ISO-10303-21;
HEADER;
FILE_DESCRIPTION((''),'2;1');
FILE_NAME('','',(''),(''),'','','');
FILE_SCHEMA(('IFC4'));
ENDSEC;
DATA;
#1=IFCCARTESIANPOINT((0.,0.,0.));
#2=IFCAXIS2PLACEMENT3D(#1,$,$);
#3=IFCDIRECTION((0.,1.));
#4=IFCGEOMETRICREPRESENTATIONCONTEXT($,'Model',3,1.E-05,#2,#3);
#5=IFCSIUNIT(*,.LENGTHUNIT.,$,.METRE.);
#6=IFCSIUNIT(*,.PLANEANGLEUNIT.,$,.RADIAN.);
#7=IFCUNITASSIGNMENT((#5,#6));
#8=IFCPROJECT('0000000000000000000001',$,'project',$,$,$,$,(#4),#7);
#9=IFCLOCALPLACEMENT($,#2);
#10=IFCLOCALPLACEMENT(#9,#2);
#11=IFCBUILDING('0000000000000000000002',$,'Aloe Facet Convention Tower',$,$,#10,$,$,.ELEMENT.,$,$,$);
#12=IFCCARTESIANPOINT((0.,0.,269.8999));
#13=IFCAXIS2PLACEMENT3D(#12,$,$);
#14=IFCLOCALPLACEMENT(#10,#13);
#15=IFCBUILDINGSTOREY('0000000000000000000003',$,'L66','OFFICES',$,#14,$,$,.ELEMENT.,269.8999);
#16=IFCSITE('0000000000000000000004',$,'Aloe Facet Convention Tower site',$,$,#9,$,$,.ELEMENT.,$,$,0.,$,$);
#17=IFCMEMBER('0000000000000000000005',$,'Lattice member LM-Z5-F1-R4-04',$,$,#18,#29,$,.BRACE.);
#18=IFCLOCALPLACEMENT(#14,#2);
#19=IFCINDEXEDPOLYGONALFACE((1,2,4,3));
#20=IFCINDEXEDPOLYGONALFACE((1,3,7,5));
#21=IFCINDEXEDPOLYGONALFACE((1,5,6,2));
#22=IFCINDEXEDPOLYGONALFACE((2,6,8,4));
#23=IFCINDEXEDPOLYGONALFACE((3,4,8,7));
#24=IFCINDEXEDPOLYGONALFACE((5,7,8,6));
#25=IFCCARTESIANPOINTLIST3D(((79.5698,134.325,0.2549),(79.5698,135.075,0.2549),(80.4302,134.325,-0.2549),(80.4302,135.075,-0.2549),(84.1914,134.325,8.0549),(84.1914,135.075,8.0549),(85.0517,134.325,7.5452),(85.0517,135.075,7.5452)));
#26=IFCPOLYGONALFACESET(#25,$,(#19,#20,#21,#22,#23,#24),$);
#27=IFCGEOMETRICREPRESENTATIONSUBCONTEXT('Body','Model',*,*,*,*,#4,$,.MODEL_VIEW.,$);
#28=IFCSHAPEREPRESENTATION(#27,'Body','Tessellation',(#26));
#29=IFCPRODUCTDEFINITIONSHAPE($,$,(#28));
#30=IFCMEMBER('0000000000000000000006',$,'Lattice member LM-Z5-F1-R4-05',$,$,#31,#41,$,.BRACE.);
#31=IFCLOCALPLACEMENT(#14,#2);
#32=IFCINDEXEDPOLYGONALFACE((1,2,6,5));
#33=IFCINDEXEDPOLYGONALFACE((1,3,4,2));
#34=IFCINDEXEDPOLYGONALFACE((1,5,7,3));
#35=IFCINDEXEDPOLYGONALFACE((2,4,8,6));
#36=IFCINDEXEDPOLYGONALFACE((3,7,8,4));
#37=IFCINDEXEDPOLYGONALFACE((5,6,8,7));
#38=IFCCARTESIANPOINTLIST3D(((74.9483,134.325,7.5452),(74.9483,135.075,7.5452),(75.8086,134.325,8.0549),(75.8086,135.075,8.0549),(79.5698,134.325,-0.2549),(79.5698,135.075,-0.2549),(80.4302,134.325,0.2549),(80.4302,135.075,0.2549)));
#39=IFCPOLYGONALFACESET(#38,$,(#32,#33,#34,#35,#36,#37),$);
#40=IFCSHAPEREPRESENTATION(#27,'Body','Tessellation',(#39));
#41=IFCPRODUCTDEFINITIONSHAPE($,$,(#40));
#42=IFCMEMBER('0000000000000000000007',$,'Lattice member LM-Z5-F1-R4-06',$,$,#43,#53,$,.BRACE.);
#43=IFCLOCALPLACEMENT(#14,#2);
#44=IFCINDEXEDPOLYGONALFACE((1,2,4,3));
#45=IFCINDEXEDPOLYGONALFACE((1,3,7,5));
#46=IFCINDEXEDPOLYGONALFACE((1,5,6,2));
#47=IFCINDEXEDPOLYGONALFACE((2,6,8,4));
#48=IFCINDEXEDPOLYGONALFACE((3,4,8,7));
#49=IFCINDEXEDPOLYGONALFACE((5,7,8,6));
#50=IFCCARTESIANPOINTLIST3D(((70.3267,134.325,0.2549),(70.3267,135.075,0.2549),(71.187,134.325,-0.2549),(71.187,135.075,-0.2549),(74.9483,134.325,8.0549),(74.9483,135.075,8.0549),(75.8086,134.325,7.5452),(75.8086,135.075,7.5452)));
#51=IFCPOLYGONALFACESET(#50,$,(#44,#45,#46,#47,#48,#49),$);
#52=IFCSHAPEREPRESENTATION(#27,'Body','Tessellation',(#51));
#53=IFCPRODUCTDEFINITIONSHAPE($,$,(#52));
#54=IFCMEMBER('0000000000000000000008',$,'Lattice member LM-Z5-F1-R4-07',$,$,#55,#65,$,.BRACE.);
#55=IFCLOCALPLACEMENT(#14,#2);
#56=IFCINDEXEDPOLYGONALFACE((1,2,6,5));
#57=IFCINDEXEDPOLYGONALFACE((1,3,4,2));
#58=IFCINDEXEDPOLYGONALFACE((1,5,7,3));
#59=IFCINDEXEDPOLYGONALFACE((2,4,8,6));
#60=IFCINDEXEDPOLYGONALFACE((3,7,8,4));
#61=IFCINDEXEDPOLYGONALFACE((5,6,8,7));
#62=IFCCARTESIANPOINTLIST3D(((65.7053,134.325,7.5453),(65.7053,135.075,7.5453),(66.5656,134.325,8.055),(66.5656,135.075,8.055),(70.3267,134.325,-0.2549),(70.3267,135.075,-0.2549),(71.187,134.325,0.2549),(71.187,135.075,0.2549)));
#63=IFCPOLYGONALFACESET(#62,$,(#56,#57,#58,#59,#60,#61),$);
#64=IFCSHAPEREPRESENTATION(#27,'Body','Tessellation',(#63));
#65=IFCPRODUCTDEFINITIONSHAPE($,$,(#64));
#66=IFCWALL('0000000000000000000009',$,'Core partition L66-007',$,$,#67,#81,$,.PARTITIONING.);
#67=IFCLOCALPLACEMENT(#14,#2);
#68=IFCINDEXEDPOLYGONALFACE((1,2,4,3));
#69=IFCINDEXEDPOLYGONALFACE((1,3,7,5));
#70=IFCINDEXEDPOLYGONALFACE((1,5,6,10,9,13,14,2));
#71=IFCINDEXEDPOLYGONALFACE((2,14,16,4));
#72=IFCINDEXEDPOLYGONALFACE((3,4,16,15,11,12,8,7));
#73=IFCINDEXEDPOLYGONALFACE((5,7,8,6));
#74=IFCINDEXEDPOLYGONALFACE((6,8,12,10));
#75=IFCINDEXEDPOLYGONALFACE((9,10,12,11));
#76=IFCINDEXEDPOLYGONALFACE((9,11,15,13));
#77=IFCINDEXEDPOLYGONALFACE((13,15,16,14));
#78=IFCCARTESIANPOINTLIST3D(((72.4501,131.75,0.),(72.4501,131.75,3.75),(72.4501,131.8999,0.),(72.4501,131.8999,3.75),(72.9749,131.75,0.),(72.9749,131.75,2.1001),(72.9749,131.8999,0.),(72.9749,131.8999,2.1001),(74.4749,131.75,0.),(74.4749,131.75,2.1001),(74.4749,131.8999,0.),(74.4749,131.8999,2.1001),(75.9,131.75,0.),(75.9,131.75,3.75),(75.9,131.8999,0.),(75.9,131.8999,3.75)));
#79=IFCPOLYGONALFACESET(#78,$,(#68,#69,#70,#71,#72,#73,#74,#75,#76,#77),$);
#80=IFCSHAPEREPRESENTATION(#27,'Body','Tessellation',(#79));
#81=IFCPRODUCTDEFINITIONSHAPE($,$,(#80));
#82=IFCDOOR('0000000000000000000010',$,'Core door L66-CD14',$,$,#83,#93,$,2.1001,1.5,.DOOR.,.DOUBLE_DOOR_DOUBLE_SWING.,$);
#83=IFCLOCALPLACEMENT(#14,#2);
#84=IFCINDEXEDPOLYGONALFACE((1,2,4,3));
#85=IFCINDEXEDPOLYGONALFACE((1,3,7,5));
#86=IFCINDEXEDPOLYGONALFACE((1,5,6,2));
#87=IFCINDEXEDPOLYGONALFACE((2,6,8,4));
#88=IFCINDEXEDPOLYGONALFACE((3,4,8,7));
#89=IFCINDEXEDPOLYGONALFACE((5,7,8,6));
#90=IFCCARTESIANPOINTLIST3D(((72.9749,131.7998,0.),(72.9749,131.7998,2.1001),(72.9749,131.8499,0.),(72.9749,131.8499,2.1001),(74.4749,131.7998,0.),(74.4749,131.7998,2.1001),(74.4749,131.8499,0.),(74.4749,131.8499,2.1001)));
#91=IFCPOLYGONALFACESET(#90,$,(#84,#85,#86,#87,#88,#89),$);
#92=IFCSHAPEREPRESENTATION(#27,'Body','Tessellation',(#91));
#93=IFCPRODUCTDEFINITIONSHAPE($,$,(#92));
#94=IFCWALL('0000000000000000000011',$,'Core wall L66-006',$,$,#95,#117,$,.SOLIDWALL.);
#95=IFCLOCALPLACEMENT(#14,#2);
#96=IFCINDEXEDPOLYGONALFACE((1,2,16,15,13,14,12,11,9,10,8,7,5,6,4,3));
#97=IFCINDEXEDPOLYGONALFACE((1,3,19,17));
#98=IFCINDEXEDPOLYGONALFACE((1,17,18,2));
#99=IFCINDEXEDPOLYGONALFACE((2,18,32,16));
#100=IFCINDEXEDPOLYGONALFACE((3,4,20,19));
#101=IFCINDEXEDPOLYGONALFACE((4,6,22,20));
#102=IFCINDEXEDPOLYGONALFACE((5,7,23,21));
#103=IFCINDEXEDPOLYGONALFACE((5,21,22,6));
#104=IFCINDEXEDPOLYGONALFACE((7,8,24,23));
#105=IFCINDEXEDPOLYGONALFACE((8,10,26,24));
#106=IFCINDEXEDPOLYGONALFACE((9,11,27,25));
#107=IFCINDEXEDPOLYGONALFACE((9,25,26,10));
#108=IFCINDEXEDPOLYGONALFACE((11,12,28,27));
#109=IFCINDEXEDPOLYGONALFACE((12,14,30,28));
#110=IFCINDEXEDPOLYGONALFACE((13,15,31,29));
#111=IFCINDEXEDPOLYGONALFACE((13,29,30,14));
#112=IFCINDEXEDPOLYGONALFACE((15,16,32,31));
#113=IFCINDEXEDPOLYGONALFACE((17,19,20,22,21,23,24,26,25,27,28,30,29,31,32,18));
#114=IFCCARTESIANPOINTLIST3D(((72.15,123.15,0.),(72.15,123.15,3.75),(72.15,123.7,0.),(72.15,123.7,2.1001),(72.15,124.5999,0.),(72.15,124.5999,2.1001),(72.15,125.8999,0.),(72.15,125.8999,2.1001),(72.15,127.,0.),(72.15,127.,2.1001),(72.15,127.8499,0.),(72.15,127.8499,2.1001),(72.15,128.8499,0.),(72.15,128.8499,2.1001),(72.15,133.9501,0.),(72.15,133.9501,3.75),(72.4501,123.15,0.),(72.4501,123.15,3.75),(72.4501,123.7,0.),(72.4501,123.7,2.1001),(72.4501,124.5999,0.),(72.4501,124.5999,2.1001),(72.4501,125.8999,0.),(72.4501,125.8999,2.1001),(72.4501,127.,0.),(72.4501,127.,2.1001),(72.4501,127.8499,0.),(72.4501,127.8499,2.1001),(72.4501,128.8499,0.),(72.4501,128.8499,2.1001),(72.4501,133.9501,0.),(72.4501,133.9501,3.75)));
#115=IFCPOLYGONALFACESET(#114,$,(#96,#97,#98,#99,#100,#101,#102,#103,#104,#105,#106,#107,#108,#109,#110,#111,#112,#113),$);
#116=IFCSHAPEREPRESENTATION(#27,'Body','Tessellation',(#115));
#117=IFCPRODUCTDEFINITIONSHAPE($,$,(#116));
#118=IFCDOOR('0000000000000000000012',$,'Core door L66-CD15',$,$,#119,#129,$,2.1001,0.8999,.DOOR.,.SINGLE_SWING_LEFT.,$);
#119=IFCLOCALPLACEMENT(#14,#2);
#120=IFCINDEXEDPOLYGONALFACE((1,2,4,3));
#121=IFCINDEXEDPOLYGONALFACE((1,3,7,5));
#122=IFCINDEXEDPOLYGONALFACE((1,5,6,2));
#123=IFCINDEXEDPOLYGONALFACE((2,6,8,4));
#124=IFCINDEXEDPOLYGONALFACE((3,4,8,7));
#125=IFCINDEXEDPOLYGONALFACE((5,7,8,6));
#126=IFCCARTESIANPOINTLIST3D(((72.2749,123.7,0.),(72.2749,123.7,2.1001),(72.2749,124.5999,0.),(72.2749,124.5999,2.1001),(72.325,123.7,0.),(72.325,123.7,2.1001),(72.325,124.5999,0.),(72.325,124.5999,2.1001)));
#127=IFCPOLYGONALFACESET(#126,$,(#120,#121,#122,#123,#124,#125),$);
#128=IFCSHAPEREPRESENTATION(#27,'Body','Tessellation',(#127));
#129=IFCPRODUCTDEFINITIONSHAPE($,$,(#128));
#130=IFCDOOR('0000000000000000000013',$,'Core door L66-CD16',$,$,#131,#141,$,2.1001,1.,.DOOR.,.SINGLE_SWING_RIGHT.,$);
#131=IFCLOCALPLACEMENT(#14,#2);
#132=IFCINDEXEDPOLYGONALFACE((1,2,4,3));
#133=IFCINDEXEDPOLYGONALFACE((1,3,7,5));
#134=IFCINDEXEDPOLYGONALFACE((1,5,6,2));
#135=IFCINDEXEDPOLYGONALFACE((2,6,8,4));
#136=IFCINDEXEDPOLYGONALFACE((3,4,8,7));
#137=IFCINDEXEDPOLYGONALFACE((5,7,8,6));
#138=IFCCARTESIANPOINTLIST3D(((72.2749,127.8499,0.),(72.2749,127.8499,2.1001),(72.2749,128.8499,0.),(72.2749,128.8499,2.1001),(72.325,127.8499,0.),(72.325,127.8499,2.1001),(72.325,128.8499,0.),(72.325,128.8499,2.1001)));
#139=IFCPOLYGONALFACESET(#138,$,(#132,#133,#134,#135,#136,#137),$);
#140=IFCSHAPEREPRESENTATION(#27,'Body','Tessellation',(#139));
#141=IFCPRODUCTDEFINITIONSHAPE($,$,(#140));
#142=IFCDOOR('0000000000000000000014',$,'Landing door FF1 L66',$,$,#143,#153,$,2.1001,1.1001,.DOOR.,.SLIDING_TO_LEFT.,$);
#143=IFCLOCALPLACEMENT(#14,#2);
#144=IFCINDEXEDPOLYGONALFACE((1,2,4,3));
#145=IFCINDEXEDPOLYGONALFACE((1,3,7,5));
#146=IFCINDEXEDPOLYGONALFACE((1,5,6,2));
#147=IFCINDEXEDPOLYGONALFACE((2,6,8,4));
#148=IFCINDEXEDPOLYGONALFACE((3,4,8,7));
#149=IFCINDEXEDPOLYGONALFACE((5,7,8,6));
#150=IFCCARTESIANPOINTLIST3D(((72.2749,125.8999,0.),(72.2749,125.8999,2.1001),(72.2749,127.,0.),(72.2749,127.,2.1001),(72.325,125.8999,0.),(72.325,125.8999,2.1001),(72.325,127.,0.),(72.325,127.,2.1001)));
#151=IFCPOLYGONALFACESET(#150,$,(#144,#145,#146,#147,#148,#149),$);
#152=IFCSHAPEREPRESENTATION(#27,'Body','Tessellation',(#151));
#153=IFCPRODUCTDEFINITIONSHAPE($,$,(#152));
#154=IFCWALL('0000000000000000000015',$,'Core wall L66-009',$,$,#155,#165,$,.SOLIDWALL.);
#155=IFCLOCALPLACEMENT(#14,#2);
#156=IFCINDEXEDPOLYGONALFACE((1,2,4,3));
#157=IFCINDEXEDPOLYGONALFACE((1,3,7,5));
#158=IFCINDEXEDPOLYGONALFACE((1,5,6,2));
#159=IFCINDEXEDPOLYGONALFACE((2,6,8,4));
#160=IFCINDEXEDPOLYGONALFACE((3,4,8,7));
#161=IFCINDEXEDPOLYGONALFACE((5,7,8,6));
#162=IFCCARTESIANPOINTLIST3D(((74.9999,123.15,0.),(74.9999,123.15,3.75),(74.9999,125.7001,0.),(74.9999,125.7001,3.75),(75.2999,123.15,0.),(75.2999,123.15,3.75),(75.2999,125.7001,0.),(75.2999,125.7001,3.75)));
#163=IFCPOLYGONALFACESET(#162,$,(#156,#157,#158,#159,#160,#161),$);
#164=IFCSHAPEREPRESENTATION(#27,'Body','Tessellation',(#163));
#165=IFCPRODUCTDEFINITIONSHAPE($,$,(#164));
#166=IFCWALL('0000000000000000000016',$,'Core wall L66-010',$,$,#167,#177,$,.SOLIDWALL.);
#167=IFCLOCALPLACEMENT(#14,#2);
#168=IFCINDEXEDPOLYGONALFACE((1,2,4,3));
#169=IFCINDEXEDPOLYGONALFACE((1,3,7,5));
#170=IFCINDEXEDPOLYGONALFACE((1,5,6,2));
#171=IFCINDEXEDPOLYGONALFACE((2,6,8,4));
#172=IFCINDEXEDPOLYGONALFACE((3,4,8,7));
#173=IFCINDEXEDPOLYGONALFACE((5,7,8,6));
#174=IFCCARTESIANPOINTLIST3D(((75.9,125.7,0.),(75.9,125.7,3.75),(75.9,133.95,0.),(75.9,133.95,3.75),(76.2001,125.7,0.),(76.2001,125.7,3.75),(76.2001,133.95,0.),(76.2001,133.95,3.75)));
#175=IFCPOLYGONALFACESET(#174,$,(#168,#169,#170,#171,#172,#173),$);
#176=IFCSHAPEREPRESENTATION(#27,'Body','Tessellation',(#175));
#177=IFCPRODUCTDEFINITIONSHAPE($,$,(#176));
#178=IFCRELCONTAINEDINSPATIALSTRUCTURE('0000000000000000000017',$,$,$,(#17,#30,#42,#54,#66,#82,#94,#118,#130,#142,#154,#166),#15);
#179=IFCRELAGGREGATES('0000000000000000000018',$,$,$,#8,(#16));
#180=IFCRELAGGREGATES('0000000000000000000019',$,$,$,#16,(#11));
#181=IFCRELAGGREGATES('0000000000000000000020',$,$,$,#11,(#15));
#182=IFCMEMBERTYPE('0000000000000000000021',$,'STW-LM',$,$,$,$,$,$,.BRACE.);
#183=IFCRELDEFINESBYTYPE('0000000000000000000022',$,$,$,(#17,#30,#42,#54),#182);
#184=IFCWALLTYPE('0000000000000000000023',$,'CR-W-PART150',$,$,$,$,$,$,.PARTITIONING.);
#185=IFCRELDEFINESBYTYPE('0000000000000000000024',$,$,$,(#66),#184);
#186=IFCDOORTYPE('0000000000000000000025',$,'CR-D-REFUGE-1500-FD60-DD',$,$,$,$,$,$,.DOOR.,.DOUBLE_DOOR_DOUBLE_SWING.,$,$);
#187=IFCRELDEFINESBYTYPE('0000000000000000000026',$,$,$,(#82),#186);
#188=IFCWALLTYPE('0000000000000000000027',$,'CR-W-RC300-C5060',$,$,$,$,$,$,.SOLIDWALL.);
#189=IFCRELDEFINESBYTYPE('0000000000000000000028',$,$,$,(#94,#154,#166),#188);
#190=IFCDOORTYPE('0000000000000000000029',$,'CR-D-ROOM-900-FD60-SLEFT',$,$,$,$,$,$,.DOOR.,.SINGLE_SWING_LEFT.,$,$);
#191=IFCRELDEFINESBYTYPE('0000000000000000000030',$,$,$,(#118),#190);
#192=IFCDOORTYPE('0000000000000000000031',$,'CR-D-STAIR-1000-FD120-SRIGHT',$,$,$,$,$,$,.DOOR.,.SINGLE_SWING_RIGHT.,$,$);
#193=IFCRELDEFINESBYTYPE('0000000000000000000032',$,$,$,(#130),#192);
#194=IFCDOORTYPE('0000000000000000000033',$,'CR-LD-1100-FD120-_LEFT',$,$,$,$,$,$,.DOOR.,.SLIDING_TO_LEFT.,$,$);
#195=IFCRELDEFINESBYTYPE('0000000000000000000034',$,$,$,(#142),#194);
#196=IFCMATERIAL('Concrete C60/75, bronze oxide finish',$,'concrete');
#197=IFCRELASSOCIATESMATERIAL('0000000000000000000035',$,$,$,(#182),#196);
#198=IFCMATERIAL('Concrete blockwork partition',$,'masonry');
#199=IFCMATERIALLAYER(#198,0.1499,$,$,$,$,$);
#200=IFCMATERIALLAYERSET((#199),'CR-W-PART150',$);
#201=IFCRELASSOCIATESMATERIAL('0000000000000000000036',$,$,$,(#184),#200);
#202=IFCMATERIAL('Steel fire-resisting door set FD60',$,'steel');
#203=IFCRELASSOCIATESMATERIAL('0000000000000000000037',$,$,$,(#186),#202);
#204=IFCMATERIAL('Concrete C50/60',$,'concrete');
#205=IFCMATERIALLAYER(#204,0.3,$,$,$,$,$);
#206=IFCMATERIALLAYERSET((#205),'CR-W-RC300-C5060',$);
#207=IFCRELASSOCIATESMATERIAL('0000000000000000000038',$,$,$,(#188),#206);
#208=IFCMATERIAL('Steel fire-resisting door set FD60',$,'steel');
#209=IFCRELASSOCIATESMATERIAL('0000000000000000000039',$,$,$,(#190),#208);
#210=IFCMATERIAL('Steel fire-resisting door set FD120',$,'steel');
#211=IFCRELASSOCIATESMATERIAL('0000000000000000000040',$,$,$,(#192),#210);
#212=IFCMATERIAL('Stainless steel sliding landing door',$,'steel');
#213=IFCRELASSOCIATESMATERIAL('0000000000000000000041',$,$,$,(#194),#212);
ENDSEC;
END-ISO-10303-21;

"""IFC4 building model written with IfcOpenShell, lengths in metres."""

from ifc_helpers import new_model, si_unit, direction, frame, frame_2d, origin, origin_2d, place, context, subcontext, project, spatial, rectangle, extrude, material, layer, layer_set, material_profile, profile_set, type_object, element, fill, save


model = new_model("IFC4")

# Units and contexts
model_context = context("Model", 3, precision=1e-05, world=origin(), true_north=direction((0.0, 1.0)))
body_context = subcontext(model_context, "Body", "Model", "MODEL_VIEW")
ifc_project = project(units=[si_unit("LENGTHUNIT", "METRE"), si_unit("PLANEANGLEUNIT", "RADIAN")], contexts=[model_context])

# Site, building, storey
site_placement = place(None, origin())
site = spatial("IfcSite", under=ifc_project, at=site_placement, Name="Aloe Facet Convention Tower site", CompositionType="ELEMENT", RefElevation=0.0)
building_placement = place(site_placement, origin())
building = spatial("IfcBuilding", under=site, at=building_placement, Name="Aloe Facet Convention Tower", CompositionType="ELEMENT")
storey_placement = place(building_placement, frame((0.0, 0.0, 269.8999)))
storey = spatial("IfcBuildingStorey", under=building, at=storey_placement, Name="L66", Description="OFFICES", CompositionType="ELEMENT", Elevation=269.8999)

# Members
ifc_material_1 = material(Name="Concrete C60/75, bronze oxide finish", Category="concrete")
ifc_material_profile = material_profile(ifc_material_1, rectangle(XDim=0.75, YDim=1.0, at=origin_2d()), Name="STW-LM")
ifc_profile_set = profile_set([ifc_material_profile], Name="Concrete C60/75, bronze oxide finish")
member_type = type_object("IfcMemberType", Name="STW-LM", PredefinedType="BRACE", material=ifc_profile_set)
for number, where, z_axis, x_axis, name in (
    (1, (80.0, 134.7, 0.0), (0.509748, 0.0, 0.860324), (0.0, 1.0, 0.0), "Lattice member LM-Z5-F1-R4-04"),
    (2, (80.0, 134.7, 0.0), (-0.509748, 0.0, 0.860324), (0.0, -1.0, 0.0), "Lattice member LM-Z5-F1-R4-05"),
    (3, (70.7568, 134.7, 0.0), (0.509748, 0.0, 0.860324), (0.0, 1.0, 0.0), "Lattice member LM-Z5-F1-R4-06"),
    (4, (70.7568, 134.7, 0.0), (-0.509728, 0.0, 0.860336), (0.0, -1.0, 0.0), "Lattice member LM-Z5-F1-R4-07"),
):
    element("IfcMember", number, at=place(storey_placement, frame(where, z_axis=z_axis, x_axis=x_axis)), inside=storey, type_object=member_type, Name=name, PredefinedType="BRACE", context=body_context, shape_type="SweptSolid", body=[
        extrude(rectangle(XDim=0.75, YDim=1.0, at=origin_2d()), origin(), (0.0, 0.0, 1.0), 9.0664),
    ])

# Wall, opening, door
ifc_material_2 = material(Name="Concrete blockwork partition", Category="masonry")
ifc_layer_1 = layer(ifc_material_2, 0.1499)
ifc_layer_set_1 = layer_set([ifc_layer_1], Name="CR-W-PART150")
wall_type_1 = type_object("IfcWallType", Name="CR-W-PART150", PredefinedType="PARTITIONING", material=ifc_layer_set_1)
wall_1_placement = place(storey_placement, frame((72.45, 131.825, 0.0), z_axis=(0.0, 0.0, 1.0), x_axis=(1.0, 0.0, 0.0)))
wall_1 = element("IfcWall", 5, at=wall_1_placement, inside=storey, type_object=wall_type_1, Name="Core partition L66-007", PredefinedType="PARTITIONING", context=body_context, shape_type="SweptSolid", body=[
    extrude(rectangle(XDim=3.45, YDim=0.1499, at=frame_2d((1.7251, 0.0))), origin(), (0.0, 0.0, 1.0), 3.75),
])
opening_1_placement = place(wall_1_placement, frame((0.5249, 0.0, 0.0)))
opening_1 = element("IfcOpeningElement", 6, at=opening_1_placement, cuts=wall_1, PredefinedType="OPENING", context=body_context, shape_type="SweptSolid", body=[
    extrude(rectangle(XDim=1.5, YDim=2.1001, at=frame_2d((0.75, 1.05))), frame((0.0, 0.085, 0.0), z_axis=(0.0, -1.0, 0.0), x_axis=(1.0, 0.0, 0.0)), (0.0, 0.0, 1.0), 0.1699),
])
ifc_material_3 = material(Name="Steel fire-resisting door set FD60", Category="steel")
door_type_1 = type_object("IfcDoorType", Name="CR-D-REFUGE-1500-FD60-DD", OperationType="DOUBLE_DOOR_DOUBLE_SWING", PredefinedType="DOOR", material=ifc_material_3)
door_1_placement = place(opening_1_placement, origin())
door_1 = element("IfcDoor", 7, at=door_1_placement, inside=storey, type_object=door_type_1, Name="Core door L66-CD14", OperationType="DOUBLE_DOOR_DOUBLE_SWING", OverallHeight=2.1001, OverallWidth=1.5, PredefinedType="DOOR", context=body_context, shape_type="SweptSolid", body=[
    extrude(rectangle(XDim=1.5, YDim=2.1001, at=frame_2d((0.75, 1.05))), frame((0.0, 0.0249, 0.0), z_axis=(0.0, -1.0, 0.0), x_axis=(1.0, 0.0, 0.0)), (0.0, 0.0, 1.0), 0.05),
])
fill(opening_1, door_1)

# Wall, openings, doors
ifc_material_4 = material(Name="Concrete C50/60", Category="concrete")
ifc_layer_2 = layer(ifc_material_4, 0.3)
ifc_layer_set_2 = layer_set([ifc_layer_2], Name="CR-W-RC300-C5060")
wall_type_2 = type_object("IfcWallType", Name="CR-W-RC300-C5060", PredefinedType="SOLIDWALL", material=ifc_layer_set_2)
wall_2_placement = place(storey_placement, frame((72.3, 133.95, 0.0), z_axis=(0.0, 0.0, 1.0), x_axis=(0.0, -1.0, 0.0)))
wall_2 = element("IfcWall", 8, at=wall_2_placement, inside=storey, type_object=wall_type_2, Name="Core wall L66-006", PredefinedType="SOLIDWALL", context=body_context, shape_type="SweptSolid", body=[
    extrude(rectangle(XDim=10.8, YDim=0.3, at=frame_2d((5.3999, 0.0))), origin(), (0.0, 0.0, 1.0), 3.75),
])
opening_2_placement = place(wall_2_placement, frame((6.95, 0.0, 0.0)))
opening_2 = element("IfcOpeningElement", 9, at=opening_2_placement, cuts=wall_2, PredefinedType="OPENING", context=body_context, shape_type="SweptSolid", body=[
    extrude(rectangle(XDim=1.1001, YDim=2.1001, at=frame_2d((0.55, 1.05))), frame((0.0, 0.1602, 0.0), z_axis=(0.0, -1.0, 0.0), x_axis=(1.0, 0.0, 0.0)), (0.0, 0.0, 1.0), 0.3201),
])
opening_3_placement = place(wall_2_placement, frame((9.3501, 0.0, 0.0)))
opening_3 = element("IfcOpeningElement", 10, at=opening_3_placement, cuts=wall_2, PredefinedType="OPENING", context=body_context, shape_type="SweptSolid", body=[
    extrude(rectangle(XDim=0.8999, YDim=2.1001, at=frame_2d((0.45, 1.05))), frame((0.0, 0.1602, 0.0), z_axis=(0.0, -1.0, 0.0), x_axis=(1.0, 0.0, 0.0)), (0.0, 0.0, 1.0), 0.3201),
])
opening_4_placement = place(wall_2_placement, frame((5.1001, 0.0, 0.0)))
opening_4 = element("IfcOpeningElement", 11, at=opening_4_placement, cuts=wall_2, PredefinedType="OPENING", context=body_context, shape_type="SweptSolid", body=[
    extrude(rectangle(XDim=1.0, YDim=2.1001, at=frame_2d((0.5, 1.05))), frame((0.0, 0.1602, 0.0), z_axis=(0.0, -1.0, 0.0), x_axis=(1.0, 0.0, 0.0)), (0.0, 0.0, 1.0), 0.3201),
])
ifc_material_5 = material(Name="Steel fire-resisting door set FD60", Category="steel")
door_type_2 = type_object("IfcDoorType", Name="CR-D-ROOM-900-FD60-SLEFT", OperationType="SINGLE_SWING_LEFT", PredefinedType="DOOR", material=ifc_material_5)
door_2_placement = place(opening_3_placement, origin())
door_2 = element("IfcDoor", 12, at=door_2_placement, inside=storey, type_object=door_type_2, Name="Core door L66-CD15", OperationType="SINGLE_SWING_LEFT", OverallHeight=2.1001, OverallWidth=0.8999, PredefinedType="DOOR", context=body_context, shape_type="SweptSolid", body=[
    extrude(rectangle(XDim=0.8999, YDim=2.1001, at=frame_2d((0.45, 1.05))), frame((0.0, 0.0249, 0.0), z_axis=(0.0, -1.0, 0.0), x_axis=(1.0, 0.0, 0.0)), (0.0, 0.0, 1.0), 0.05),
])
fill(opening_3, door_2)
ifc_material_6 = material(Name="Steel fire-resisting door set FD120", Category="steel")
door_type_3 = type_object("IfcDoorType", Name="CR-D-STAIR-1000-FD120-SRIGHT", OperationType="SINGLE_SWING_RIGHT", PredefinedType="DOOR", material=ifc_material_6)
door_3_placement = place(opening_4_placement, origin())
door_3 = element("IfcDoor", 13, at=door_3_placement, inside=storey, type_object=door_type_3, Name="Core door L66-CD16", OperationType="SINGLE_SWING_RIGHT", OverallHeight=2.1001, OverallWidth=1.0, PredefinedType="DOOR", context=body_context, shape_type="SweptSolid", body=[
    extrude(rectangle(XDim=1.0, YDim=2.1001, at=frame_2d((0.5, 1.05))), frame((0.0, 0.0249, 0.0), z_axis=(0.0, -1.0, 0.0), x_axis=(1.0, 0.0, 0.0)), (0.0, 0.0, 1.0), 0.05),
])
fill(opening_4, door_3)
ifc_material_7 = material(Name="Stainless steel sliding landing door", Category="steel")
door_type_4 = type_object("IfcDoorType", Name="CR-LD-1100-FD120-_LEFT", OperationType="SLIDING_TO_LEFT", PredefinedType="DOOR", material=ifc_material_7)
door_4_placement = place(opening_2_placement, origin())
door_4 = element("IfcDoor", 14, at=door_4_placement, inside=storey, type_object=door_type_4, Name="Landing door FF1 L66", OperationType="SLIDING_TO_LEFT", OverallHeight=2.1001, OverallWidth=1.1001, PredefinedType="DOOR", context=body_context, shape_type="SweptSolid", body=[
    extrude(rectangle(XDim=1.1001, YDim=2.1001, at=frame_2d((0.55, 1.05))), frame((0.0, 0.0249, 0.0), z_axis=(0.0, -1.0, 0.0), x_axis=(1.0, 0.0, 0.0)), (0.0, 0.0, 1.0), 0.05),
])
fill(opening_2, door_4)

# Walls
wall_3_placement = place(storey_placement, frame((75.1499, 125.7, 0.0), z_axis=(0.0, 0.0, 1.0), x_axis=(0.0, -1.0, 0.0)))
element("IfcWall", 15, at=wall_3_placement, inside=storey, type_object=wall_type_2, Name="Core wall L66-009", PredefinedType="SOLIDWALL", context=body_context, shape_type="SweptSolid", body=[
    extrude(rectangle(XDim=2.55, YDim=0.3, at=frame_2d((1.2749, 0.0))), origin(), (0.0, 0.0, 1.0), 3.75),
])
wall_4_placement = place(storey_placement, frame((76.05, 133.95, 0.0), z_axis=(0.0, 0.0, 1.0), x_axis=(0.0, -1.0, 0.0)))
element("IfcWall", 16, at=wall_4_placement, inside=storey, type_object=wall_type_2, Name="Core wall L66-010", PredefinedType="SOLIDWALL", context=body_context, shape_type="SweptSolid", body=[
    extrude(rectangle(XDim=8.25, YDim=0.3, at=frame_2d((4.125, 0.0))), origin(), (0.0, 0.0, 1.0), 3.75),
])

save(model, "model.ifc")
